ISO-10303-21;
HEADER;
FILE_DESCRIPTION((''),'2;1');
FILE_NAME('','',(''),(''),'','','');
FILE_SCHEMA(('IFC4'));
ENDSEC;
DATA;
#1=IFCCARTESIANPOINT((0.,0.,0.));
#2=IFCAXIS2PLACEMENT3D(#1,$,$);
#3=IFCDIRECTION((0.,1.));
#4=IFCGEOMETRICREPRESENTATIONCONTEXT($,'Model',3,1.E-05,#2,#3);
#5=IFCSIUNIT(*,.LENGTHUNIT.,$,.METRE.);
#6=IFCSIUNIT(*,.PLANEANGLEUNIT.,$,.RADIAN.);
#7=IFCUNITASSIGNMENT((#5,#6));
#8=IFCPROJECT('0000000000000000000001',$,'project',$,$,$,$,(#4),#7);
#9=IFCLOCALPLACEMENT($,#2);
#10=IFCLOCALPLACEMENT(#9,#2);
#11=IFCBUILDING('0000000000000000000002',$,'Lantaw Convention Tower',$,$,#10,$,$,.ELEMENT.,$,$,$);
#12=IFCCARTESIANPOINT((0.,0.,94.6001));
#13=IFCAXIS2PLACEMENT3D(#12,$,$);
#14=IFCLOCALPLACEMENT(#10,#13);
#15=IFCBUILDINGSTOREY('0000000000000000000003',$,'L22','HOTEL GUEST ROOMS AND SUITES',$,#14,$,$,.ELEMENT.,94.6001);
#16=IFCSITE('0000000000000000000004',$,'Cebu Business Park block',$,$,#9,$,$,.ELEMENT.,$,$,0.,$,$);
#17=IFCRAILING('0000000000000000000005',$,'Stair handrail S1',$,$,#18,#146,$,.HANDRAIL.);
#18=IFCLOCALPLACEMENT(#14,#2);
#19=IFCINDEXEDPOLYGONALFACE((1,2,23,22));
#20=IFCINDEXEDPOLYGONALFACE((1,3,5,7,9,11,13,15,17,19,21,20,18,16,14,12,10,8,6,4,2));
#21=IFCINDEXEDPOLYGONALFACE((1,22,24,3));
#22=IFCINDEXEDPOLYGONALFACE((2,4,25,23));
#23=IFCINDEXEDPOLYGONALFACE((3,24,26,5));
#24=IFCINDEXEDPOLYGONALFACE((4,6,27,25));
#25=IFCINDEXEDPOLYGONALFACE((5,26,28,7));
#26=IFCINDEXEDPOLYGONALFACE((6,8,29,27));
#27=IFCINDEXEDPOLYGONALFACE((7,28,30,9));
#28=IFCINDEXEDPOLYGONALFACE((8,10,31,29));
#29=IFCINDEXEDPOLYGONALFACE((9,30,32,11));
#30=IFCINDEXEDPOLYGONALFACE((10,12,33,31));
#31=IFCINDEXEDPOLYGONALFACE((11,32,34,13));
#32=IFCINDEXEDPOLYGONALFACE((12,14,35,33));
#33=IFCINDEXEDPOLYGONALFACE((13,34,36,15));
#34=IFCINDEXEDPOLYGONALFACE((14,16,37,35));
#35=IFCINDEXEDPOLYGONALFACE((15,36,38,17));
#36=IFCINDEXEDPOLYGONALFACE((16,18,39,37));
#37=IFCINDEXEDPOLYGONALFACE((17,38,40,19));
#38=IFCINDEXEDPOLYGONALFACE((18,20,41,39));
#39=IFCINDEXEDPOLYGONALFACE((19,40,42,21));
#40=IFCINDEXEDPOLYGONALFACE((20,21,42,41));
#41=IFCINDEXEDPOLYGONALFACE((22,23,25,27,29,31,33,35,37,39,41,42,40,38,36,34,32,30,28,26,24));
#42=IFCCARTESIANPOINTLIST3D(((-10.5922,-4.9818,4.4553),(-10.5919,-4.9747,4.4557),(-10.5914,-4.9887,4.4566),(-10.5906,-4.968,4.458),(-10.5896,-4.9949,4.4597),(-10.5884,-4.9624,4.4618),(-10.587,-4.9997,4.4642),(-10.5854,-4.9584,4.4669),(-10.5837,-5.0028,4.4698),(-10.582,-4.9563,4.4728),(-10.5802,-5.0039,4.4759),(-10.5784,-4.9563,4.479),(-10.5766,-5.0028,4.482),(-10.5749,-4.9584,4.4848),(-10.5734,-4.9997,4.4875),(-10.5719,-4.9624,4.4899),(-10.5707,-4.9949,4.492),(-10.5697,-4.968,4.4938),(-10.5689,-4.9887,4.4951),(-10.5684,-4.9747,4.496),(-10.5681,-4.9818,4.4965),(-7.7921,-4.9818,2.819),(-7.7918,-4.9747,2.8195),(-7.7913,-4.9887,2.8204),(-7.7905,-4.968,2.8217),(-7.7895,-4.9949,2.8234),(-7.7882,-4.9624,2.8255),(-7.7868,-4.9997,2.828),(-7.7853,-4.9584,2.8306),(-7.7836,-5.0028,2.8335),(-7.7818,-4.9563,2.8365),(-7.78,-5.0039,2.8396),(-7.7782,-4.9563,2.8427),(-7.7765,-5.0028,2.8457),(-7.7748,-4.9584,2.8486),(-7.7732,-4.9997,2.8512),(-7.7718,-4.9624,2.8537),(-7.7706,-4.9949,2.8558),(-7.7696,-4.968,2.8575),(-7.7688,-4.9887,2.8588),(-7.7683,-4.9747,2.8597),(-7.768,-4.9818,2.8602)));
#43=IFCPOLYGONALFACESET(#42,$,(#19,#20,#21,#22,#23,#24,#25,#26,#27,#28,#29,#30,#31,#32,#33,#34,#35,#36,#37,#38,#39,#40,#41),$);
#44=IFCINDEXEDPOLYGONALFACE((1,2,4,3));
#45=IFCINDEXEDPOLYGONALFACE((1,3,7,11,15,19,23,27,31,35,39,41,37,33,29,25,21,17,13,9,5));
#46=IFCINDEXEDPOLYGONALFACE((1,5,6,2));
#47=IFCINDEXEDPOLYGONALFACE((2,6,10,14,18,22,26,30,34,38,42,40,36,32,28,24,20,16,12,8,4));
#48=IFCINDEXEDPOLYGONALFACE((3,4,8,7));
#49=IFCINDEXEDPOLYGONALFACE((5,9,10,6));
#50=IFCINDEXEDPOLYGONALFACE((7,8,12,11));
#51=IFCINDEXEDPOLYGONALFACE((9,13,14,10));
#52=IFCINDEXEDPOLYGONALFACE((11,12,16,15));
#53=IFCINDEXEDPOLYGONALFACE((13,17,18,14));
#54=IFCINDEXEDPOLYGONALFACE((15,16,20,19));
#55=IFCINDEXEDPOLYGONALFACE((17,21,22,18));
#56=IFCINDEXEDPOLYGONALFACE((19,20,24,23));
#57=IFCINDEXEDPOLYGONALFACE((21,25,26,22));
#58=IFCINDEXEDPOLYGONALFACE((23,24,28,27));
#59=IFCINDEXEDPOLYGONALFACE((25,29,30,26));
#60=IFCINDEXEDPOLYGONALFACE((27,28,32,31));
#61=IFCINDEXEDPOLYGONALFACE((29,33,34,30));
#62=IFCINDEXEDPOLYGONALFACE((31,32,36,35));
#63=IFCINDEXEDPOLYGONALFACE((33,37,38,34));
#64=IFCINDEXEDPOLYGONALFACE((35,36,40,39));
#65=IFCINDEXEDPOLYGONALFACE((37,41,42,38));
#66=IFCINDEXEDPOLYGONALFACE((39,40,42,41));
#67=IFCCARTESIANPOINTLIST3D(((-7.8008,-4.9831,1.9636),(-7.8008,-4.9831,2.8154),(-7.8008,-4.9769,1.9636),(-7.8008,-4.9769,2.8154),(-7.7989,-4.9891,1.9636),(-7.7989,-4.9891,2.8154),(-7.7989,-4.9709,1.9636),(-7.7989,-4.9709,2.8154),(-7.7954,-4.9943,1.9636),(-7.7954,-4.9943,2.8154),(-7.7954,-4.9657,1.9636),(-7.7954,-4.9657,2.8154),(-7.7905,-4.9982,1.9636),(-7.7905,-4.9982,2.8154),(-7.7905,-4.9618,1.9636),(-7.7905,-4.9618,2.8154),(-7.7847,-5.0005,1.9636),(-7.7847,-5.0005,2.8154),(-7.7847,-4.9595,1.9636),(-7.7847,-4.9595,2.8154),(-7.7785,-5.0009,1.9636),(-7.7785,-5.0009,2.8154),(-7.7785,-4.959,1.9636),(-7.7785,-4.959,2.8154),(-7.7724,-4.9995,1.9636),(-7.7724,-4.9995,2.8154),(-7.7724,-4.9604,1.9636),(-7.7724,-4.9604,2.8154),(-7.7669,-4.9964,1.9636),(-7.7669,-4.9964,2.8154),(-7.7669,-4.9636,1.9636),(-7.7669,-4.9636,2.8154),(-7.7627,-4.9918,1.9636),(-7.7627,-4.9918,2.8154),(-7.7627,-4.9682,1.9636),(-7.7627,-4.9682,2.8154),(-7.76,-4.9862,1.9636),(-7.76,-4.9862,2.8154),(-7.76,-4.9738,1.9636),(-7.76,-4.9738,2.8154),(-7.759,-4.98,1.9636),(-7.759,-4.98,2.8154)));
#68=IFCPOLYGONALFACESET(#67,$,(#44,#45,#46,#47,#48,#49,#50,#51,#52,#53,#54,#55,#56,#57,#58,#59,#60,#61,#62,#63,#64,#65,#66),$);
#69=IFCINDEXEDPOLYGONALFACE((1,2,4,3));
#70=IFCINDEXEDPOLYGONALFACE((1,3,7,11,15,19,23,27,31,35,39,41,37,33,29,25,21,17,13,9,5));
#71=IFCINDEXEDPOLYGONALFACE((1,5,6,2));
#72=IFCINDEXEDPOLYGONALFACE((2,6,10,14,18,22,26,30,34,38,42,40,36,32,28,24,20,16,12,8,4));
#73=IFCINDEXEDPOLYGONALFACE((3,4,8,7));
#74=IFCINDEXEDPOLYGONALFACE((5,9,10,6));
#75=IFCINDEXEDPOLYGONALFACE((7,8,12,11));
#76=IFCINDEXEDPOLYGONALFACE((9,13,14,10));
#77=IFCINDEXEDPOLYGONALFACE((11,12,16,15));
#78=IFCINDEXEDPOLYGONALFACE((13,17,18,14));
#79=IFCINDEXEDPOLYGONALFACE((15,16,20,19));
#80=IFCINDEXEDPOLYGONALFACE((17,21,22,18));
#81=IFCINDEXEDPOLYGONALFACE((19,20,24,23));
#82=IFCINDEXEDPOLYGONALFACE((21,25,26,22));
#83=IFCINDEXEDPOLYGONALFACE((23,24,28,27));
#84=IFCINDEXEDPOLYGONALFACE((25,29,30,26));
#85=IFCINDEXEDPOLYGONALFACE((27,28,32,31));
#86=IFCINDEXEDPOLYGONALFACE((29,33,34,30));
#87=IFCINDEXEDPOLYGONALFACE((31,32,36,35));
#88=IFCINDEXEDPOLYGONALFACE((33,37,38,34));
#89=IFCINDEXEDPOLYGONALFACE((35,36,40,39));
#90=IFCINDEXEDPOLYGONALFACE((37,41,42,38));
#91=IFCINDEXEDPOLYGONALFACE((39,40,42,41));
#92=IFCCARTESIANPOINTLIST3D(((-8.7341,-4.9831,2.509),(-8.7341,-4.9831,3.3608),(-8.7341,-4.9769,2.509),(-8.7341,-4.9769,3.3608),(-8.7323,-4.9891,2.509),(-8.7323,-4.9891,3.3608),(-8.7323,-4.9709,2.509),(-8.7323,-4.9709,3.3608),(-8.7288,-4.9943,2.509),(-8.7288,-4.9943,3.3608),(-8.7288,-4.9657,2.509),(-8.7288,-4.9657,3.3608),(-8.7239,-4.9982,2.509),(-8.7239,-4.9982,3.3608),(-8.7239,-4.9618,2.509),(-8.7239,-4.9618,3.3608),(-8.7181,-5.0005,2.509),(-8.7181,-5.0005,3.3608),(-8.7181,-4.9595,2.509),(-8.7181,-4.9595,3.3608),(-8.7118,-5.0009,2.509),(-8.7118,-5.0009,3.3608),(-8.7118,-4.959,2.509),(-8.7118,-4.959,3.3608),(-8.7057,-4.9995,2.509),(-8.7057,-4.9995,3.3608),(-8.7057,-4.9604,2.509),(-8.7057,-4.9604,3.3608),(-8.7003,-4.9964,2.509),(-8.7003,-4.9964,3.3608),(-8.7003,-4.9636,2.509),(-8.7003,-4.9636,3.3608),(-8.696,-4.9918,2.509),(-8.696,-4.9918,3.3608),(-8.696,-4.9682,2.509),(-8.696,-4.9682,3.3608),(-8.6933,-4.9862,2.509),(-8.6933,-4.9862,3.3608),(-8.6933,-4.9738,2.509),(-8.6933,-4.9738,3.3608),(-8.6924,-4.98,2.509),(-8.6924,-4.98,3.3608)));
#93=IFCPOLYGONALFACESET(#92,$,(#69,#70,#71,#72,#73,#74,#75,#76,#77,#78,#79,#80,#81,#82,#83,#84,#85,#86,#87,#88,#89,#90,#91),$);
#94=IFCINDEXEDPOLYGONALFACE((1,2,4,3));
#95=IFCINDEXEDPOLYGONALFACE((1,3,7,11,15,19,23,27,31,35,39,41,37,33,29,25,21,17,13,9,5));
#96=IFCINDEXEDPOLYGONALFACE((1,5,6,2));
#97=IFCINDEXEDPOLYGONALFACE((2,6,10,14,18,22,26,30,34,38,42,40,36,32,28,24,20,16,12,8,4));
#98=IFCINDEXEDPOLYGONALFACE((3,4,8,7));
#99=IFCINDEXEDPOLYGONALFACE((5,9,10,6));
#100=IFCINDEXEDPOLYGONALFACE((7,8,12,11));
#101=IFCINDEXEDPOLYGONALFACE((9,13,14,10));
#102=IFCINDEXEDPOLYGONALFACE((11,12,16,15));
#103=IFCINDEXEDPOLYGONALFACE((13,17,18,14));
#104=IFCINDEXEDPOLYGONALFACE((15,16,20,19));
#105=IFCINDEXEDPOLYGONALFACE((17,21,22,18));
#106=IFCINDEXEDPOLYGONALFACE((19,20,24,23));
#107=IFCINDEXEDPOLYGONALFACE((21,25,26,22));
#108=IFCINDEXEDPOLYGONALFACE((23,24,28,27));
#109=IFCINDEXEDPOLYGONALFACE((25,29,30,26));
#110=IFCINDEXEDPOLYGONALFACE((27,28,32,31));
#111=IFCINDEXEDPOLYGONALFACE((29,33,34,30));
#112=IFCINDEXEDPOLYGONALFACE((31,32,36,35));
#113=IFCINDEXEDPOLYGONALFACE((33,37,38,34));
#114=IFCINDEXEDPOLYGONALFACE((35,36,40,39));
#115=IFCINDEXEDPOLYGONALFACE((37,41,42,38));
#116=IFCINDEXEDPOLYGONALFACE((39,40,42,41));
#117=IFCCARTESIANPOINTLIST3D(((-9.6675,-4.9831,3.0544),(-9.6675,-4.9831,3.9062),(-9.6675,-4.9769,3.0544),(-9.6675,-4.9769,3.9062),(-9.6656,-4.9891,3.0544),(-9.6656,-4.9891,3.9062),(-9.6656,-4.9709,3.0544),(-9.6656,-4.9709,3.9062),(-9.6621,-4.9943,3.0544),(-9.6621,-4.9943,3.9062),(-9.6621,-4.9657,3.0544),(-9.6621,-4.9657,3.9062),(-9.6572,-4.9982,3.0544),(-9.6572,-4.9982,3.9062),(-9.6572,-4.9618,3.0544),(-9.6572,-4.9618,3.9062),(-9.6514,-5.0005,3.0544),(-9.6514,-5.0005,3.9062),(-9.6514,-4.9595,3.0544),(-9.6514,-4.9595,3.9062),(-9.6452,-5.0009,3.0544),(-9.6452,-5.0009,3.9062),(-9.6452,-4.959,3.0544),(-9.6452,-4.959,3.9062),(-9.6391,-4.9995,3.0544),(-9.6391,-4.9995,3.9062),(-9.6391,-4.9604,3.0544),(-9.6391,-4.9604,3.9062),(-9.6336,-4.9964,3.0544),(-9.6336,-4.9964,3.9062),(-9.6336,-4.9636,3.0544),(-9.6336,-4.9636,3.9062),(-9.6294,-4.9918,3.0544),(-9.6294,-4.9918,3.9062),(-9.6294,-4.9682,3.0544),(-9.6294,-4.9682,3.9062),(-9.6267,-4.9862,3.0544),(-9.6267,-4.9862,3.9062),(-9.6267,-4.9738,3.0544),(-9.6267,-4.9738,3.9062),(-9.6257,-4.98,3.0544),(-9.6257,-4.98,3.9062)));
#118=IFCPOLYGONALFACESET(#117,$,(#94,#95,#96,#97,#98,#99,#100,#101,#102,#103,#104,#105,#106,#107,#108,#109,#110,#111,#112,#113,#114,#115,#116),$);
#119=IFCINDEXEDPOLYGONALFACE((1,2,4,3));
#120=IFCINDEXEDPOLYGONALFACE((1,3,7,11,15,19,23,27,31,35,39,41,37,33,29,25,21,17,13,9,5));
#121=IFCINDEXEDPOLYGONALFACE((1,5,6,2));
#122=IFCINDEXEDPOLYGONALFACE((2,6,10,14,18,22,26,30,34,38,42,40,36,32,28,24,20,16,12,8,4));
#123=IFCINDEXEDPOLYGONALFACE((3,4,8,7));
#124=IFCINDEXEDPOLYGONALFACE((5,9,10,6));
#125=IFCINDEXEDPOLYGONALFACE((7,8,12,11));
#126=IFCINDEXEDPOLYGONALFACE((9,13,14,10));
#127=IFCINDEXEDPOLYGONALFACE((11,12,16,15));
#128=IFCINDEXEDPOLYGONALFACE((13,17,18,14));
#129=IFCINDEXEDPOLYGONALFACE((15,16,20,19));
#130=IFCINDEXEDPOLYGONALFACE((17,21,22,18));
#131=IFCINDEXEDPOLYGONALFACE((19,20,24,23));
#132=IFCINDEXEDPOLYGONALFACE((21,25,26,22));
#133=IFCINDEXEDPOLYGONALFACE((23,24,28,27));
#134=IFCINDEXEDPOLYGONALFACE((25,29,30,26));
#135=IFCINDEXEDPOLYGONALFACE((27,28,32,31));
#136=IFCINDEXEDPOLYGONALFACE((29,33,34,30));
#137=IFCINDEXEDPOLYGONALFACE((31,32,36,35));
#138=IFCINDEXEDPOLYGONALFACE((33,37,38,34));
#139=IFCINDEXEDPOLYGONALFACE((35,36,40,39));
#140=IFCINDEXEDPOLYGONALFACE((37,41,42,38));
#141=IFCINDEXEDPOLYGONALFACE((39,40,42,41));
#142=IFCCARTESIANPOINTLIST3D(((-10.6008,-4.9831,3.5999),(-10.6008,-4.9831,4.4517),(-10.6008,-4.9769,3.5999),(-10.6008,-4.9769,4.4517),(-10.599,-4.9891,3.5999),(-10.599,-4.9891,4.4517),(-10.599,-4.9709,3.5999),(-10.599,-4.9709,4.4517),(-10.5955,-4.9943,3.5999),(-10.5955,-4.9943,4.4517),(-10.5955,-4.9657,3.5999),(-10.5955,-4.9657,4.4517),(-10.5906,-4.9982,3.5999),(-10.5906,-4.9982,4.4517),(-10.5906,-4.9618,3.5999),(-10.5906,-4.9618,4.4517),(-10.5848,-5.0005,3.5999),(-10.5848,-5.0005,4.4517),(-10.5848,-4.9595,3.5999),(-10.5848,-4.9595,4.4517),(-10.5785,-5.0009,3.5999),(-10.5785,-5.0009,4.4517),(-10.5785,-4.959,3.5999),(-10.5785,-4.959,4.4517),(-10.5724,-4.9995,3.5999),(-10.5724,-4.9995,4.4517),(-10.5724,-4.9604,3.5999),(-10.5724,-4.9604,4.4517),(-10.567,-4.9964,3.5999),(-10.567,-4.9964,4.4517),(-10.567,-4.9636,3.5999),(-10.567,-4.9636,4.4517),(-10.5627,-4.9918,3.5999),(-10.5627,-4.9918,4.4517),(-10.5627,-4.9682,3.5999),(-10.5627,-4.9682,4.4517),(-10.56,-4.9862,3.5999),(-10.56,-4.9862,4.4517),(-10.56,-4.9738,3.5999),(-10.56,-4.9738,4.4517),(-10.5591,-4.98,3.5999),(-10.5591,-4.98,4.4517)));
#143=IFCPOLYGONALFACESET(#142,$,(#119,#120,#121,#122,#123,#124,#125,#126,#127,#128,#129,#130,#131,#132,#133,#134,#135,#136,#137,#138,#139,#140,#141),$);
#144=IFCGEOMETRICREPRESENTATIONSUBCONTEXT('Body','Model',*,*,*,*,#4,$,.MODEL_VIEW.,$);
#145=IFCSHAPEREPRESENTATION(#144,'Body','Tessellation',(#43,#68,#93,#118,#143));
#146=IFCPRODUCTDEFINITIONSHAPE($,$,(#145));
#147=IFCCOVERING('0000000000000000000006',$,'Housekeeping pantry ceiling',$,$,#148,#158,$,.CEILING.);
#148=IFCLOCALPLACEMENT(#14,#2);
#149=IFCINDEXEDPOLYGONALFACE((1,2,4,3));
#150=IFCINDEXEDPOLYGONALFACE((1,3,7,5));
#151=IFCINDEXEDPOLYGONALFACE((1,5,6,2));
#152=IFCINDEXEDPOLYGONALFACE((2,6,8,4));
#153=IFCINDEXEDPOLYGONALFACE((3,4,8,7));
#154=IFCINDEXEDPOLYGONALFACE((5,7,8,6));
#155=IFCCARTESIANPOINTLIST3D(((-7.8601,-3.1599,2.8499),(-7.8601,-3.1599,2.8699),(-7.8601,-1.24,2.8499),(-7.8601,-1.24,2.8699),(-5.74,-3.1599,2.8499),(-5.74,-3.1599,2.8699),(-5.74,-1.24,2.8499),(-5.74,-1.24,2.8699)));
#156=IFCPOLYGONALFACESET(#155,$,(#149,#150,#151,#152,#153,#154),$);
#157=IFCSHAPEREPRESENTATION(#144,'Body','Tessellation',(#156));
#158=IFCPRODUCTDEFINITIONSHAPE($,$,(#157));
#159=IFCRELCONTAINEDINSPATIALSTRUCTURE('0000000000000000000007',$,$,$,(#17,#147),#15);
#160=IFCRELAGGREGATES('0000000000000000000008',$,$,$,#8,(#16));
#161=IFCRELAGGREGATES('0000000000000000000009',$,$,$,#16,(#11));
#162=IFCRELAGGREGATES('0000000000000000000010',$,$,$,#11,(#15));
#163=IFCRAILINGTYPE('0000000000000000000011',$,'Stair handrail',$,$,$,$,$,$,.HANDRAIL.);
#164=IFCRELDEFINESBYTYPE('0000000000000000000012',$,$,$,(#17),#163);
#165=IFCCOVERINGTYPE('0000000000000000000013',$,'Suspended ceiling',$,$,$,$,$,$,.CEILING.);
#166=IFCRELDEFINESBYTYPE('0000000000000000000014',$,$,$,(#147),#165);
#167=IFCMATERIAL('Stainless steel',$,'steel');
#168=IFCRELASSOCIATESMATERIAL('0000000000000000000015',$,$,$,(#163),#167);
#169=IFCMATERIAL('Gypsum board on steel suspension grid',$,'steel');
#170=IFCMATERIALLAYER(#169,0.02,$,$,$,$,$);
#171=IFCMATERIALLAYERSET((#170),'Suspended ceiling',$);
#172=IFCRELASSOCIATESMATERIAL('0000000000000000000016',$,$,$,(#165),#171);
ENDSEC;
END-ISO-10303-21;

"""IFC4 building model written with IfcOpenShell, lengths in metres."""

from ifc_helpers import new_model, si_unit, direction, frame, origin, origin_2d, place, context, subcontext, project, spatial, polyline, circle, outline, extrude, material, layer, layer_set, type_object, element, save


model = new_model("IFC4")

# Units and contexts
model_context = context("Model", 3, precision=1e-05, world=origin(), true_north=direction((0.0, 1.0)))
body_context = subcontext(model_context, "Body", "Model", "MODEL_VIEW")
ifc_project = project(units=[si_unit("LENGTHUNIT", "METRE"), si_unit("PLANEANGLEUNIT", "RADIAN")], contexts=[model_context])

# Site, building, storey
site_placement = place(None, origin())
site = spatial("IfcSite", under=ifc_project, at=site_placement, Name="Cebu Business Park block", CompositionType="ELEMENT", RefElevation=0.0)
building_placement = place(site_placement, origin())
building = spatial("IfcBuilding", under=site, at=building_placement, Name="Lantaw Convention Tower", CompositionType="ELEMENT")
storey_placement = place(building_placement, frame((0.0, 0.0, 94.6001)))
storey = spatial("IfcBuildingStorey", under=building, at=storey_placement, Name="L22", Description="HOTEL GUEST ROOMS AND SUITES", CompositionType="ELEMENT", Elevation=94.6001)

# Shared definitions
ifc_material_1 = material(Name="Stainless steel", Category="steel")

# Railing
railing_type = type_object("IfcRailingType", Name="Stair handrail", PredefinedType="HANDRAIL", material=ifc_material_1)
railing_1_placement = place(storey_placement, frame((-7.78, -4.98, 1.9636)))
element("IfcRailing", 1, at=railing_1_placement, inside=storey, type_object=railing_type, Name="Stair handrail S1", PredefinedType="HANDRAIL", context=body_context, shape_type="SweptSolid", body=[
    extrude(circle(Radius=0.0239, at=origin_2d()), frame((0.0, 0.0, 0.876), z_axis=(-0.863394, 0.0, 0.504531), x_axis=(0.0, -1.0, 0.0)), (0.0, 0.0, 1.0), 3.2432),
    extrude(circle(Radius=0.021, at=origin_2d()), origin(), (0.0, 0.0, 1.0), 0.8518),
    extrude(circle(Radius=0.021, at=origin_2d()), frame((-0.9333, 0.0, 0.5454)), (0.0, 0.0, 1.0), 0.8518),
    extrude(circle(Radius=0.021, at=origin_2d()), frame((-1.8667, 0.0, 1.0908)), (0.0, 0.0, 1.0), 0.8518),
    extrude(circle(Radius=0.021, at=origin_2d()), frame((-2.8, 0.0, 1.6362)), (0.0, 0.0, 1.0), 0.8518),
])

# Covering
ifc_material_2 = material(Name="Gypsum board on steel suspension grid", Category="steel")
ifc_layer_1 = layer(ifc_material_2, 0.02)
ifc_layer_set_1 = layer_set([ifc_layer_1], Name="Suspended ceiling")
covering_type = type_object("IfcCoveringType", Name="Suspended ceiling", PredefinedType="CEILING", material=ifc_layer_set_1)
covering_placement = place(storey_placement, frame((0.0, 0.0, 2.8499)))
element("IfcCovering", 2, at=covering_placement, inside=storey, type_object=covering_type, Name="Housekeeping pantry ceiling", PredefinedType="CEILING", context=body_context, shape_type="SweptSolid", body=[
    extrude(outline(polyline([(-7.8601, -3.1599), (-5.74, -3.1599), (-5.74, -1.24), (-7.8601, -1.24), (-7.8601, -3.1599)])), origin(), (0.0, 0.0, 1.0), 0.02),
])

save(model, "model.ifc")
